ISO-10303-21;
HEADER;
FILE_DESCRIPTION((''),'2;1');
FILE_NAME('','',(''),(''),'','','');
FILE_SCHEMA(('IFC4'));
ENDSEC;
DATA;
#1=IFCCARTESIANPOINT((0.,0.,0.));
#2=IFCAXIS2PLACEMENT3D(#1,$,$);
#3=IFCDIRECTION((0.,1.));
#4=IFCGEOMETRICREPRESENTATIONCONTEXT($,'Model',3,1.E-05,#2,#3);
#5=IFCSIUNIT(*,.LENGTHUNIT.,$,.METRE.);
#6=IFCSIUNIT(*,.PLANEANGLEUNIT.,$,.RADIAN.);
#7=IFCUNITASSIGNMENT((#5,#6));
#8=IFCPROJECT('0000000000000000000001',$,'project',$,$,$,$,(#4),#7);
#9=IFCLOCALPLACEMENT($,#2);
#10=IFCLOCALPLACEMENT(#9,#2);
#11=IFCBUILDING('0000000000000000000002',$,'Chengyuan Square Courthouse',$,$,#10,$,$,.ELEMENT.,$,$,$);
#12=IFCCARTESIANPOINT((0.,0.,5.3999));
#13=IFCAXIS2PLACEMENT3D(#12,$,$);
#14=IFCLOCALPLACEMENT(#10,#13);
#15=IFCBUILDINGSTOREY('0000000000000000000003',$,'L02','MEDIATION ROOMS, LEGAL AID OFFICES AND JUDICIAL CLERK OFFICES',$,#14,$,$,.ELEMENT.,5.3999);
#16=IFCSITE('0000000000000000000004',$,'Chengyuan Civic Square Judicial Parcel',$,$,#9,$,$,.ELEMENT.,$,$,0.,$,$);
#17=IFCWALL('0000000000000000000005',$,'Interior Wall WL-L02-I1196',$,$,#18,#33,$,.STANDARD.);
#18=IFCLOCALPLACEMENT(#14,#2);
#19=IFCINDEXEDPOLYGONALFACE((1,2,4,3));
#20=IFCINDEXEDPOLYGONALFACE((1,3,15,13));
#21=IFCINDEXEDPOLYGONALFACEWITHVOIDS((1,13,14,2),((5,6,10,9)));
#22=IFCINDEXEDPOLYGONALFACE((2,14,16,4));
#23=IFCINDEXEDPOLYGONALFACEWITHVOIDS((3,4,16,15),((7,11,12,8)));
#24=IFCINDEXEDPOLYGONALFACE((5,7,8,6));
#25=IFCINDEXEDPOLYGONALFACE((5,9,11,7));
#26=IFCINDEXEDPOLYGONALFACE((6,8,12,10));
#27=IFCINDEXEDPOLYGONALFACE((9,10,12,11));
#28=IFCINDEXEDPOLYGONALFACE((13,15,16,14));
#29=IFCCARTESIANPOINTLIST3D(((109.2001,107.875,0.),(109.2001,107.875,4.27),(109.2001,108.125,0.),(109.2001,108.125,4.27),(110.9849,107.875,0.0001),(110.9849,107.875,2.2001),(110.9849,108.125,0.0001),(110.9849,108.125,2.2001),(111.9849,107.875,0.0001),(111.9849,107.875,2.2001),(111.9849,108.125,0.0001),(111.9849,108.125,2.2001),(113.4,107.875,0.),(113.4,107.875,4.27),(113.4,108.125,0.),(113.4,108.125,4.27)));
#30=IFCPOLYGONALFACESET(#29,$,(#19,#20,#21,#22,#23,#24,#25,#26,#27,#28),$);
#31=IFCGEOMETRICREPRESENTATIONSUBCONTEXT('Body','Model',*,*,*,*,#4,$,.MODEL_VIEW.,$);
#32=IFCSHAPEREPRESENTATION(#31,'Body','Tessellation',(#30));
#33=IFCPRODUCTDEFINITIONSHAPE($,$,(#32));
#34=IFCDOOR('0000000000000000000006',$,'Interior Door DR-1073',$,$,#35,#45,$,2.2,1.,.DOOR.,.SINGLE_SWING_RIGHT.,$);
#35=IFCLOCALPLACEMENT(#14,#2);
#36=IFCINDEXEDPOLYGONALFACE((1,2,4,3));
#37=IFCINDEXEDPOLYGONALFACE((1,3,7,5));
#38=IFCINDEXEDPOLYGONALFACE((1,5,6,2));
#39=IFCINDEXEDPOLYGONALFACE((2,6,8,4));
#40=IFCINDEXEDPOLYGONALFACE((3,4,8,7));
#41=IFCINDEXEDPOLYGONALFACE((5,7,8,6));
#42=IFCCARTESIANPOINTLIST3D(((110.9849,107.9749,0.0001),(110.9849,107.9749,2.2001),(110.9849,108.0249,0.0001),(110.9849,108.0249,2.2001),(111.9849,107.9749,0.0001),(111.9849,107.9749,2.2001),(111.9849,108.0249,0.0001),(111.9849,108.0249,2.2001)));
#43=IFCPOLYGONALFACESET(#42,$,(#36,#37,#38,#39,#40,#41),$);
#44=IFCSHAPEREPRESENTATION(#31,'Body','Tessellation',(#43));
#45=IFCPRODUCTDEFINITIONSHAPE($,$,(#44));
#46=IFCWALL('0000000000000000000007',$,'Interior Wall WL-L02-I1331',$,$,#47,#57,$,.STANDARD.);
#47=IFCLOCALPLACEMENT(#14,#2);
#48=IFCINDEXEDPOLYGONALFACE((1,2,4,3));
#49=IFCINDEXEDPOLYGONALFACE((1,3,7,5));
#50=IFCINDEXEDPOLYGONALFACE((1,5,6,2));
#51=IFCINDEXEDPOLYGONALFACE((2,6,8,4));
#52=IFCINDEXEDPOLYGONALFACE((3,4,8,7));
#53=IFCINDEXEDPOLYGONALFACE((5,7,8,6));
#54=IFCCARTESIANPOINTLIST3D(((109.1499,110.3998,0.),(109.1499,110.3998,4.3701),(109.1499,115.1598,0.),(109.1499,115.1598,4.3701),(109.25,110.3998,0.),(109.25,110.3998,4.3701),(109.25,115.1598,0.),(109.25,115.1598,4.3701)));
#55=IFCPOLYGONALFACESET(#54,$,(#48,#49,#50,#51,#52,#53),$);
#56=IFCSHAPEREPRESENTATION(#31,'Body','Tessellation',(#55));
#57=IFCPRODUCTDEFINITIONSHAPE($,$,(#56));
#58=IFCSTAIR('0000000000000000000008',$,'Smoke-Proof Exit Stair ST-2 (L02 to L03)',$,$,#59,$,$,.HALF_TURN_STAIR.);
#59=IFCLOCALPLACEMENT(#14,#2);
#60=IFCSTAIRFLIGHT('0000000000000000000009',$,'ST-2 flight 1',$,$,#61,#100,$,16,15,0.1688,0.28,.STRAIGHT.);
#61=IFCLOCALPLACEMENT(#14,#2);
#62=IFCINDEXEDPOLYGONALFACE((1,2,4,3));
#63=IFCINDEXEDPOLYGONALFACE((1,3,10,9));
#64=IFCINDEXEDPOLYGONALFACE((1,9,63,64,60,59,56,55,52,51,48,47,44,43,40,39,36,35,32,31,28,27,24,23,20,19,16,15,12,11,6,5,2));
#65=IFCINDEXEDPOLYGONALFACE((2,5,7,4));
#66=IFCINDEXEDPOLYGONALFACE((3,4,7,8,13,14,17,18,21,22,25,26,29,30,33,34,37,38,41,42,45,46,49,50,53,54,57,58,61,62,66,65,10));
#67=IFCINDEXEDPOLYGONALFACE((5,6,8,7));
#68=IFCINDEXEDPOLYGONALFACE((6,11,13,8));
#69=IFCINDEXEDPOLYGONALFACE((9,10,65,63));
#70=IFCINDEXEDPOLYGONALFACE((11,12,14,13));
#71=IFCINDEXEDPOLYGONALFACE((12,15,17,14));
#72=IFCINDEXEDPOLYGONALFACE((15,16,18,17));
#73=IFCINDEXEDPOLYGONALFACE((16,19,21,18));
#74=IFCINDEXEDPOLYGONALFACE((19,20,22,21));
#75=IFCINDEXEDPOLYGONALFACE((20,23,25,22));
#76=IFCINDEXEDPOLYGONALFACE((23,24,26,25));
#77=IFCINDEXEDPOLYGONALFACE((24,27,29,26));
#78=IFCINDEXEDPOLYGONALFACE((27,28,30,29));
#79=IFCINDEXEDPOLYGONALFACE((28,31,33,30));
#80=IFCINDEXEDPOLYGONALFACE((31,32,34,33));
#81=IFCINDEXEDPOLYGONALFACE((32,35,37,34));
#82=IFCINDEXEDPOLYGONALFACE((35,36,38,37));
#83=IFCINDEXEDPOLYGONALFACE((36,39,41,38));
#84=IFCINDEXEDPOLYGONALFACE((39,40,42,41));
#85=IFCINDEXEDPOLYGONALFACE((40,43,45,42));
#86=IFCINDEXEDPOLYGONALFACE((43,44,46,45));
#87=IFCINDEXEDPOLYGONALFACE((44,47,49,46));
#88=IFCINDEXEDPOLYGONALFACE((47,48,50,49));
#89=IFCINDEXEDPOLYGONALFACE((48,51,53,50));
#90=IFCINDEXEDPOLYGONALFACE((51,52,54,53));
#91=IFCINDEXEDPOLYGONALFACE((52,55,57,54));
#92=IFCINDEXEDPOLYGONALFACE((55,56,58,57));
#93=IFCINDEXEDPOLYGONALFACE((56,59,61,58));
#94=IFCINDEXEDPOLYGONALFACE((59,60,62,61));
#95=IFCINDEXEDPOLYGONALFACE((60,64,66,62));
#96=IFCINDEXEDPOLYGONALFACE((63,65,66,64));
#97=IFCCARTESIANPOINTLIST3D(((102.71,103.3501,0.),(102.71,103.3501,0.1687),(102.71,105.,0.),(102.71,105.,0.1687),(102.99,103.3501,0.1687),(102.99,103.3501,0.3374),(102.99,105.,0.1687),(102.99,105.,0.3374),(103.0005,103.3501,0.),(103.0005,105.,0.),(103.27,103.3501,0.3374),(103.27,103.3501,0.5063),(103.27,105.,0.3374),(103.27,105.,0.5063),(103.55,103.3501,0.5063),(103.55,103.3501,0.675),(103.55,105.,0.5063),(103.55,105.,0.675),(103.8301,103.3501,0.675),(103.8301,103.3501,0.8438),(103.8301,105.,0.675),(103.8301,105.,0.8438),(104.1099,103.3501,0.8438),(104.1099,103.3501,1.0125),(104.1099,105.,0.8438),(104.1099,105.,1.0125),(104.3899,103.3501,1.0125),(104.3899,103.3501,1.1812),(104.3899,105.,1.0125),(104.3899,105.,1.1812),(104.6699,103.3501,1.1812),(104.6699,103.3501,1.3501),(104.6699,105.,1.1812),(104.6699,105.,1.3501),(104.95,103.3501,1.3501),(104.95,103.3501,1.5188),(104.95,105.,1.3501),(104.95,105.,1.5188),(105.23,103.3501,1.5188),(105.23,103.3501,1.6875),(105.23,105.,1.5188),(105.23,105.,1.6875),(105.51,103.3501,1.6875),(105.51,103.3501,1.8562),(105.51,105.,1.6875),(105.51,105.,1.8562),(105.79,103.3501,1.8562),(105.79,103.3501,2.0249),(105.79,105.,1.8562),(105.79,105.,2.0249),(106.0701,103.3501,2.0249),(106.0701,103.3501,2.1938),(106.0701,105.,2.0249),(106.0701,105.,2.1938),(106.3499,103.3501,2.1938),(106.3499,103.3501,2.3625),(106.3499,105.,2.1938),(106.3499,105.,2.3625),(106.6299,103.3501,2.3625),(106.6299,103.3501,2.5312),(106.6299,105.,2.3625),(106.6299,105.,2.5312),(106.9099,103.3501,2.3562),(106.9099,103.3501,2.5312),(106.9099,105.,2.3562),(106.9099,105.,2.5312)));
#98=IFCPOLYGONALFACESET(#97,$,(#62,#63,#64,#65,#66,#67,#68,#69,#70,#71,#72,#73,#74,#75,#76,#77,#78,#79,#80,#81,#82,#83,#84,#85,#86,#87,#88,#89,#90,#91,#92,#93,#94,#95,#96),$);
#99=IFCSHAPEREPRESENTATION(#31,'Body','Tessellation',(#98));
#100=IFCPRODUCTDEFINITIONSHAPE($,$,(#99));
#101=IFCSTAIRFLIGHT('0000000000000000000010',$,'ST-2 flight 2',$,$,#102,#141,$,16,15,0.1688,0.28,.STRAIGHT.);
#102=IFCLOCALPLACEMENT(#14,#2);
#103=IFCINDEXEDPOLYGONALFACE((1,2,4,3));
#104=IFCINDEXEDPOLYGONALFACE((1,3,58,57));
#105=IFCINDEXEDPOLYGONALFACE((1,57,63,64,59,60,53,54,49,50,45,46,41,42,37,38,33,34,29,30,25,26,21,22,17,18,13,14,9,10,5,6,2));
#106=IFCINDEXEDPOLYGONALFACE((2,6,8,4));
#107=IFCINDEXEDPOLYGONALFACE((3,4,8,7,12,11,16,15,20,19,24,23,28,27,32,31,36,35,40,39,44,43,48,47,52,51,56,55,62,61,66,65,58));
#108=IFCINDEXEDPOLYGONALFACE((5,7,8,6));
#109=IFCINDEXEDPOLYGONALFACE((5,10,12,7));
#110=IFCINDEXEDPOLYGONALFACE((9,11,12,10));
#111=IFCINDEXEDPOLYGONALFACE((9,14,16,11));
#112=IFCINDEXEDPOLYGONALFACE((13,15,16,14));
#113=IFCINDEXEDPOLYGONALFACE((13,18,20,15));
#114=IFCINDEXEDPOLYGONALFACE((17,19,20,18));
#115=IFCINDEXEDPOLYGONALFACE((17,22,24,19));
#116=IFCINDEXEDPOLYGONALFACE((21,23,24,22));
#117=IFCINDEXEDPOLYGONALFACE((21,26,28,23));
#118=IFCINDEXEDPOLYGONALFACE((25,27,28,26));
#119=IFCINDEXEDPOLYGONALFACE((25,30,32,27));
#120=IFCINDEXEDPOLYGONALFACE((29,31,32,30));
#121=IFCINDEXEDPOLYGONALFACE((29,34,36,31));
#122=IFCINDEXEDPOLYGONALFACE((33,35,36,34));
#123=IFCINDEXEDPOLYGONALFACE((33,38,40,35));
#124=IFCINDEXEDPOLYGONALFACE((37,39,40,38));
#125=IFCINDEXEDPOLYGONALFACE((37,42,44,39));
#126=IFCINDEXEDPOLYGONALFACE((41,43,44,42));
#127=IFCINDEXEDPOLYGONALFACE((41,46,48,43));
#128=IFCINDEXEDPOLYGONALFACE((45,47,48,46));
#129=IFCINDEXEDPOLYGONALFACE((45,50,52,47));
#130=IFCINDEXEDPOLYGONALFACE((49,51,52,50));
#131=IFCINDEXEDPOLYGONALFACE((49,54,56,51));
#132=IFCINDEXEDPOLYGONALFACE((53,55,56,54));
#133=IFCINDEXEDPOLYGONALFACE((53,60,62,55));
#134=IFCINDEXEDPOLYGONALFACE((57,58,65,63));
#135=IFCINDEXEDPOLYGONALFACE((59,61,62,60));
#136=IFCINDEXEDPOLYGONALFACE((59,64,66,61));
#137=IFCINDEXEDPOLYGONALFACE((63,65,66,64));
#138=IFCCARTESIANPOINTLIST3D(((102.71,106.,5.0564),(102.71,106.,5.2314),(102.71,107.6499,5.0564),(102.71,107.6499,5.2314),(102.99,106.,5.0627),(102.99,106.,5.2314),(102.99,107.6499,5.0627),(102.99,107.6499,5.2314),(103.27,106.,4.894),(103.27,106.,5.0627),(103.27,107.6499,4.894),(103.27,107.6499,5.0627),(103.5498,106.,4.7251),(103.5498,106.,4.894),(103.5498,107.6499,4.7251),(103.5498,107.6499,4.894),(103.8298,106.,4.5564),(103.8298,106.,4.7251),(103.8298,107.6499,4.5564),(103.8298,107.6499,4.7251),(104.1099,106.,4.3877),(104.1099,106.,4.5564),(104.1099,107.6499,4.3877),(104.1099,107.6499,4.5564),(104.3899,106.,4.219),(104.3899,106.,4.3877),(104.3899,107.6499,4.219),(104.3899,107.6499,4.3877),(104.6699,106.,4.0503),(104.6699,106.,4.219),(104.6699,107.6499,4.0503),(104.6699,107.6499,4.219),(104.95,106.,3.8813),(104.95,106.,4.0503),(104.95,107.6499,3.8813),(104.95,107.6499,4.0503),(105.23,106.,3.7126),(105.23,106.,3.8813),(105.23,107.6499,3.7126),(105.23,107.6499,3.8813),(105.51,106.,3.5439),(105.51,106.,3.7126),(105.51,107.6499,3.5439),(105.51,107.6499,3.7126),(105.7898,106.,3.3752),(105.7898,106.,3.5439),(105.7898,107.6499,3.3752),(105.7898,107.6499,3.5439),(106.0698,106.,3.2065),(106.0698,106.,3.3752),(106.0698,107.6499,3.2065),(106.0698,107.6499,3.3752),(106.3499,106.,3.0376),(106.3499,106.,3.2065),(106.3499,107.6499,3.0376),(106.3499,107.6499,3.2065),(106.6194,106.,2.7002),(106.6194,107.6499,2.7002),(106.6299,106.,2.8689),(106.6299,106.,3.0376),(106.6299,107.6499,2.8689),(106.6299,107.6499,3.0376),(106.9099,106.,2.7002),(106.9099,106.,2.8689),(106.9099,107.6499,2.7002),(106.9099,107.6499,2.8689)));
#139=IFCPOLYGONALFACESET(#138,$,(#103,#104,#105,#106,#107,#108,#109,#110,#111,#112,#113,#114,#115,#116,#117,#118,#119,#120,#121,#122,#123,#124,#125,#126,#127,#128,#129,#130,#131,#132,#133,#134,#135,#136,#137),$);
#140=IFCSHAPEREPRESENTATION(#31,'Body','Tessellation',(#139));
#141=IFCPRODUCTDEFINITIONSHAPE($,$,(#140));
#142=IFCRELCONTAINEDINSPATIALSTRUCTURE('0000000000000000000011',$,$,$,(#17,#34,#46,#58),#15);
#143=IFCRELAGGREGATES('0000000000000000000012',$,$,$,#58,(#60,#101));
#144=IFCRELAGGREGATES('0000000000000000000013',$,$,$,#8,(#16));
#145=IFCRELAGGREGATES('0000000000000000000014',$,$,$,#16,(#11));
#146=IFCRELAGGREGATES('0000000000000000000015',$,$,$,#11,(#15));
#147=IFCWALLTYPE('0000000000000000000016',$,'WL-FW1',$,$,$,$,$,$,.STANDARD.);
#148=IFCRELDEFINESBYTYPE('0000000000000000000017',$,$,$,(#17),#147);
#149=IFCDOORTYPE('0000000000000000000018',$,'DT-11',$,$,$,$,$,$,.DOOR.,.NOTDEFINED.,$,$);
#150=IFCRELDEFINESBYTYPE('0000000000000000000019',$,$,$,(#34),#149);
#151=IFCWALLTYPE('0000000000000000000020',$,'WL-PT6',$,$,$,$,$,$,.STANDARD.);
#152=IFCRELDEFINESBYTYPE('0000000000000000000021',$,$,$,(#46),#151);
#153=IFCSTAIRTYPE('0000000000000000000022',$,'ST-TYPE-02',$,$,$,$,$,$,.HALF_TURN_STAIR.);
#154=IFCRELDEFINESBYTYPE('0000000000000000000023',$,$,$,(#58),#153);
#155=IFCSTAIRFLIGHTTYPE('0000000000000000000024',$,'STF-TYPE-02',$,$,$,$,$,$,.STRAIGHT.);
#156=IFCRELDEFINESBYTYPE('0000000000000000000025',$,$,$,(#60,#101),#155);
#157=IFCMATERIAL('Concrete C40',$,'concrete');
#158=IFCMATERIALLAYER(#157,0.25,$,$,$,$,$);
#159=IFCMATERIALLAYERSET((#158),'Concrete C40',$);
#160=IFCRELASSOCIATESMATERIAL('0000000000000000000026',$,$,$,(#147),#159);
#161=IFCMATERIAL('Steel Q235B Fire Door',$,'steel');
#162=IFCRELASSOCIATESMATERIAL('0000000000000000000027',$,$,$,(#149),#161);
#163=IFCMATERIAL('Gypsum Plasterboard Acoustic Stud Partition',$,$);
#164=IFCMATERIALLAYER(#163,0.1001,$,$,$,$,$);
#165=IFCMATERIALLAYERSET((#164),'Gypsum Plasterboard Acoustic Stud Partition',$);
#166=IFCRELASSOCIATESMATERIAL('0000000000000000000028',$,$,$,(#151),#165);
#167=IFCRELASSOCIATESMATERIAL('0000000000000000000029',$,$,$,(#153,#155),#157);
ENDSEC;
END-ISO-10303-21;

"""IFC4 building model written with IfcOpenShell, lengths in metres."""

from ifc_helpers import new_model, si_unit, direction, frame, frame_2d, origin, place, context, subcontext, project, spatial, polyline, rectangle, outline, extrude, material, layer, layer_set, type_object, element, fill, aggregate, save


model = new_model("IFC4")

# Units and contexts
model_context = context("Model", 3, precision=1e-05, world=origin(), true_north=direction((0.0, 1.0)))
body_context = subcontext(model_context, "Body", "Model", "MODEL_VIEW")
ifc_project = project(units=[si_unit("LENGTHUNIT", "METRE"), si_unit("PLANEANGLEUNIT", "RADIAN")], contexts=[model_context])

# Site, building, storey
site_placement = place(None, origin())
site = spatial("IfcSite", under=ifc_project, at=site_placement, Name="Chengyuan Civic Square Judicial Parcel", CompositionType="ELEMENT", RefElevation=0.0)
building_placement = place(site_placement, origin())
building = spatial("IfcBuilding", under=site, at=building_placement, Name="Chengyuan Square Courthouse", CompositionType="ELEMENT")
storey_placement = place(building_placement, frame((0.0, 0.0, 5.3999)))
storey = spatial("IfcBuildingStorey", under=building, at=storey_placement, Name="L02", Description="MEDIATION ROOMS, LEGAL AID OFFICES AND JUDICIAL CLERK OFFICES", CompositionType="ELEMENT", Elevation=5.3999)

# Shared definitions
ifc_material_1 = material(Name="Concrete C40", Category="concrete")

# Wall, opening, door
ifc_layer_1 = layer(ifc_material_1, 0.25)
ifc_layer_set_1 = layer_set([ifc_layer_1], Name="Concrete C40")
wall_type_1 = type_object("IfcWallType", Name="WL-FW1", PredefinedType="STANDARD", material=ifc_layer_set_1)
wall_1_placement = place(storey_placement, frame((109.2, 108.0, 0.0), z_axis=(0.0, 0.0, 1.0), x_axis=(1.0, 0.0, 0.0)))
wall_1 = element("IfcWall", 1, at=wall_1_placement, inside=storey, type_object=wall_type_1, Name="Interior Wall WL-L02-I1196", PredefinedType="STANDARD", context=body_context, shape_type="SweptSolid", body=[
    extrude(rectangle(XDim=4.2, YDim=0.25, at=frame_2d((2.1001, 0.0))), origin(), (0.0, 0.0, 1.0), 4.27),
])
opening_placement = place(wall_1_placement, frame((1.7849, 0.0, 0.0)))
opening = element("IfcOpeningElement", 2, at=opening_placement, cuts=wall_1, PredefinedType="OPENING", context=body_context, shape_type="SweptSolid", body=[
    extrude(rectangle(XDim=1.0, YDim=2.2, at=frame_2d((0.5, 1.1001))), frame((0.0, 0.137, 0.0), z_axis=(0.0, -1.0, 0.0), x_axis=(1.0, 0.0, 0.0)), (0.0, 0.0, 1.0), 0.2739),
])
ifc_material_2 = material(Name="Steel Q235B Fire Door", Category="steel")
door_type = type_object("IfcDoorType", Name="DT-11", OperationType="NOTDEFINED", PredefinedType="DOOR", material=ifc_material_2)
door_placement = place(opening_placement, origin())
door = element("IfcDoor", 3, at=door_placement, inside=storey, type_object=door_type, Name="Interior Door DR-1073", OperationType="SINGLE_SWING_RIGHT", OverallHeight=2.2, OverallWidth=1.0, PredefinedType="DOOR", context=body_context, shape_type="SweptSolid", body=[
    extrude(rectangle(XDim=1.0, YDim=2.2, at=frame_2d((0.5, 1.1001))), frame((0.0, 0.0249, 0.0), z_axis=(0.0, -1.0, 0.0), x_axis=(1.0, 0.0, 0.0)), (0.0, 0.0, 1.0), 0.05),
])
fill(opening, door)

# Wall
ifc_material_3 = material(Name="Gypsum Plasterboard Acoustic Stud Partition")
ifc_layer_2 = layer(ifc_material_3, 0.1001)
ifc_layer_set_2 = layer_set([ifc_layer_2], Name="Gypsum Plasterboard Acoustic Stud Partition")
wall_type_2 = type_object("IfcWallType", Name="WL-PT6", PredefinedType="STANDARD", material=ifc_layer_set_2)
wall_2_placement = place(storey_placement, frame((109.2, 110.3999, 0.0), z_axis=(0.0, 0.0, 1.0), x_axis=(0.0, 1.0, 0.0)))
element("IfcWall", 4, at=wall_2_placement, inside=storey, type_object=wall_type_2, Name="Interior Wall WL-L02-I1331", PredefinedType="STANDARD", context=body_context, shape_type="SweptSolid", body=[
    extrude(rectangle(XDim=4.76, YDim=0.1001, at=frame_2d((2.3799, 0.0))), origin(), (0.0, 0.0, 1.0), 4.3701),
])

# Stair, stair flights
stair_type = type_object("IfcStairType", Name="ST-TYPE-02", PredefinedType="HALF_TURN_STAIR", material=ifc_material_1)
stair_placement = place(storey_placement, origin())
stair = element("IfcStair", 5, at=stair_placement, inside=storey, type_object=stair_type, Name="Smoke-Proof Exit Stair ST-2 (L02 to L03)", PredefinedType="HALF_TURN_STAIR")
stair_flight_type = type_object("IfcStairFlightType", Name="STF-TYPE-02", PredefinedType="STRAIGHT", material=ifc_material_1)
stair_flight_1_placement = place(storey_placement, frame((102.71, 104.175, 0.0), z_axis=(0.0, 0.0, 1.0), x_axis=(1.0, 0.0, 0.0)))
stair_flight_1 = element("IfcStairFlight", 6, at=stair_flight_1_placement, type_object=stair_flight_type, Name="ST-2 flight 1", NumberOfRisers=16, NumberOfTreads=15, PredefinedType="STRAIGHT", RiserHeight=0.1688, TreadLength=0.28, context=body_context, shape_type="SweptSolid", body=[
    extrude(outline(polyline([(0.0, 0.0), (0.0, 0.1687), (0.28, 0.1687), (0.28, 0.3374), (0.5601, 0.3374), (0.5601, 0.5063), (0.8401, 0.5063), (0.8401, 0.675), (1.1201, 0.675), (1.1201, 0.8438), (1.3999, 0.8438), (1.3999, 1.0125), (1.6799, 1.0125), (1.6799, 1.1812), (1.96, 1.1812), (1.96, 1.3501), (2.24, 1.3501), (2.24, 1.5188), (2.52, 1.5188), (2.52, 1.6875), (2.8, 1.6875), (2.8, 1.8562), (3.0801, 1.8562), (3.0801, 2.0249), (3.3601, 2.0249), (3.3601, 2.1938), (3.6399, 2.1938), (3.6399, 2.3625), (3.9199, 2.3625), (3.9199, 2.5312), (4.2, 2.5312), (4.2, 2.7), (4.2, 2.3562), (0.2905, 0.0), (0.0, 0.0)])), frame((0.0, 0.825, 0.0), z_axis=(0.0, -1.0, 0.0), x_axis=(1.0, 0.0, 0.0)), (0.0, 0.0, 1.0), 1.6499),
])
stair_flight_2_placement = place(storey_placement, frame((106.9099, 106.825, 2.7002), z_axis=(0.0, 0.0, 1.0), x_axis=(-1.0, 0.0, 0.0)))
stair_flight_2 = element("IfcStairFlight", 7, at=stair_flight_2_placement, type_object=stair_flight_type, Name="ST-2 flight 2", NumberOfRisers=16, NumberOfTreads=15, PredefinedType="STRAIGHT", RiserHeight=0.1688, TreadLength=0.28, context=body_context, shape_type="SweptSolid", body=[
    extrude(outline(polyline([(0.0, 0.0), (0.0, 0.1687), (0.28, 0.1687), (0.28, 0.3374), (0.5601, 0.3374), (0.5601, 0.5063), (0.8401, 0.5063), (0.8401, 0.675), (1.1201, 0.675), (1.1201, 0.8438), (1.3999, 0.8438), (1.3999, 1.0125), (1.6799, 1.0125), (1.6799, 1.1812), (1.96, 1.1812), (1.96, 1.3501), (2.24, 1.3501), (2.24, 1.5188), (2.52, 1.5188), (2.52, 1.6875), (2.8, 1.6875), (2.8, 1.8562), (3.0801, 1.8562), (3.0801, 2.0249), (3.3601, 2.0249), (3.3601, 2.1938), (3.6399, 2.1938), (3.6399, 2.3625), (3.9199, 2.3625), (3.9199, 2.5312), (4.2, 2.5312), (4.2, 2.7), (4.2, 2.3562), (0.2905, 0.0), (0.0, 0.0)])), frame((0.0, 0.825, 0.0), z_axis=(0.0, -1.0, 0.0), x_axis=(1.0, 0.0, 0.0)), (0.0, 0.0, 1.0), 1.6499),
])
aggregate(stair, [stair_flight_1, stair_flight_2])

save(model, "model.ifc")
